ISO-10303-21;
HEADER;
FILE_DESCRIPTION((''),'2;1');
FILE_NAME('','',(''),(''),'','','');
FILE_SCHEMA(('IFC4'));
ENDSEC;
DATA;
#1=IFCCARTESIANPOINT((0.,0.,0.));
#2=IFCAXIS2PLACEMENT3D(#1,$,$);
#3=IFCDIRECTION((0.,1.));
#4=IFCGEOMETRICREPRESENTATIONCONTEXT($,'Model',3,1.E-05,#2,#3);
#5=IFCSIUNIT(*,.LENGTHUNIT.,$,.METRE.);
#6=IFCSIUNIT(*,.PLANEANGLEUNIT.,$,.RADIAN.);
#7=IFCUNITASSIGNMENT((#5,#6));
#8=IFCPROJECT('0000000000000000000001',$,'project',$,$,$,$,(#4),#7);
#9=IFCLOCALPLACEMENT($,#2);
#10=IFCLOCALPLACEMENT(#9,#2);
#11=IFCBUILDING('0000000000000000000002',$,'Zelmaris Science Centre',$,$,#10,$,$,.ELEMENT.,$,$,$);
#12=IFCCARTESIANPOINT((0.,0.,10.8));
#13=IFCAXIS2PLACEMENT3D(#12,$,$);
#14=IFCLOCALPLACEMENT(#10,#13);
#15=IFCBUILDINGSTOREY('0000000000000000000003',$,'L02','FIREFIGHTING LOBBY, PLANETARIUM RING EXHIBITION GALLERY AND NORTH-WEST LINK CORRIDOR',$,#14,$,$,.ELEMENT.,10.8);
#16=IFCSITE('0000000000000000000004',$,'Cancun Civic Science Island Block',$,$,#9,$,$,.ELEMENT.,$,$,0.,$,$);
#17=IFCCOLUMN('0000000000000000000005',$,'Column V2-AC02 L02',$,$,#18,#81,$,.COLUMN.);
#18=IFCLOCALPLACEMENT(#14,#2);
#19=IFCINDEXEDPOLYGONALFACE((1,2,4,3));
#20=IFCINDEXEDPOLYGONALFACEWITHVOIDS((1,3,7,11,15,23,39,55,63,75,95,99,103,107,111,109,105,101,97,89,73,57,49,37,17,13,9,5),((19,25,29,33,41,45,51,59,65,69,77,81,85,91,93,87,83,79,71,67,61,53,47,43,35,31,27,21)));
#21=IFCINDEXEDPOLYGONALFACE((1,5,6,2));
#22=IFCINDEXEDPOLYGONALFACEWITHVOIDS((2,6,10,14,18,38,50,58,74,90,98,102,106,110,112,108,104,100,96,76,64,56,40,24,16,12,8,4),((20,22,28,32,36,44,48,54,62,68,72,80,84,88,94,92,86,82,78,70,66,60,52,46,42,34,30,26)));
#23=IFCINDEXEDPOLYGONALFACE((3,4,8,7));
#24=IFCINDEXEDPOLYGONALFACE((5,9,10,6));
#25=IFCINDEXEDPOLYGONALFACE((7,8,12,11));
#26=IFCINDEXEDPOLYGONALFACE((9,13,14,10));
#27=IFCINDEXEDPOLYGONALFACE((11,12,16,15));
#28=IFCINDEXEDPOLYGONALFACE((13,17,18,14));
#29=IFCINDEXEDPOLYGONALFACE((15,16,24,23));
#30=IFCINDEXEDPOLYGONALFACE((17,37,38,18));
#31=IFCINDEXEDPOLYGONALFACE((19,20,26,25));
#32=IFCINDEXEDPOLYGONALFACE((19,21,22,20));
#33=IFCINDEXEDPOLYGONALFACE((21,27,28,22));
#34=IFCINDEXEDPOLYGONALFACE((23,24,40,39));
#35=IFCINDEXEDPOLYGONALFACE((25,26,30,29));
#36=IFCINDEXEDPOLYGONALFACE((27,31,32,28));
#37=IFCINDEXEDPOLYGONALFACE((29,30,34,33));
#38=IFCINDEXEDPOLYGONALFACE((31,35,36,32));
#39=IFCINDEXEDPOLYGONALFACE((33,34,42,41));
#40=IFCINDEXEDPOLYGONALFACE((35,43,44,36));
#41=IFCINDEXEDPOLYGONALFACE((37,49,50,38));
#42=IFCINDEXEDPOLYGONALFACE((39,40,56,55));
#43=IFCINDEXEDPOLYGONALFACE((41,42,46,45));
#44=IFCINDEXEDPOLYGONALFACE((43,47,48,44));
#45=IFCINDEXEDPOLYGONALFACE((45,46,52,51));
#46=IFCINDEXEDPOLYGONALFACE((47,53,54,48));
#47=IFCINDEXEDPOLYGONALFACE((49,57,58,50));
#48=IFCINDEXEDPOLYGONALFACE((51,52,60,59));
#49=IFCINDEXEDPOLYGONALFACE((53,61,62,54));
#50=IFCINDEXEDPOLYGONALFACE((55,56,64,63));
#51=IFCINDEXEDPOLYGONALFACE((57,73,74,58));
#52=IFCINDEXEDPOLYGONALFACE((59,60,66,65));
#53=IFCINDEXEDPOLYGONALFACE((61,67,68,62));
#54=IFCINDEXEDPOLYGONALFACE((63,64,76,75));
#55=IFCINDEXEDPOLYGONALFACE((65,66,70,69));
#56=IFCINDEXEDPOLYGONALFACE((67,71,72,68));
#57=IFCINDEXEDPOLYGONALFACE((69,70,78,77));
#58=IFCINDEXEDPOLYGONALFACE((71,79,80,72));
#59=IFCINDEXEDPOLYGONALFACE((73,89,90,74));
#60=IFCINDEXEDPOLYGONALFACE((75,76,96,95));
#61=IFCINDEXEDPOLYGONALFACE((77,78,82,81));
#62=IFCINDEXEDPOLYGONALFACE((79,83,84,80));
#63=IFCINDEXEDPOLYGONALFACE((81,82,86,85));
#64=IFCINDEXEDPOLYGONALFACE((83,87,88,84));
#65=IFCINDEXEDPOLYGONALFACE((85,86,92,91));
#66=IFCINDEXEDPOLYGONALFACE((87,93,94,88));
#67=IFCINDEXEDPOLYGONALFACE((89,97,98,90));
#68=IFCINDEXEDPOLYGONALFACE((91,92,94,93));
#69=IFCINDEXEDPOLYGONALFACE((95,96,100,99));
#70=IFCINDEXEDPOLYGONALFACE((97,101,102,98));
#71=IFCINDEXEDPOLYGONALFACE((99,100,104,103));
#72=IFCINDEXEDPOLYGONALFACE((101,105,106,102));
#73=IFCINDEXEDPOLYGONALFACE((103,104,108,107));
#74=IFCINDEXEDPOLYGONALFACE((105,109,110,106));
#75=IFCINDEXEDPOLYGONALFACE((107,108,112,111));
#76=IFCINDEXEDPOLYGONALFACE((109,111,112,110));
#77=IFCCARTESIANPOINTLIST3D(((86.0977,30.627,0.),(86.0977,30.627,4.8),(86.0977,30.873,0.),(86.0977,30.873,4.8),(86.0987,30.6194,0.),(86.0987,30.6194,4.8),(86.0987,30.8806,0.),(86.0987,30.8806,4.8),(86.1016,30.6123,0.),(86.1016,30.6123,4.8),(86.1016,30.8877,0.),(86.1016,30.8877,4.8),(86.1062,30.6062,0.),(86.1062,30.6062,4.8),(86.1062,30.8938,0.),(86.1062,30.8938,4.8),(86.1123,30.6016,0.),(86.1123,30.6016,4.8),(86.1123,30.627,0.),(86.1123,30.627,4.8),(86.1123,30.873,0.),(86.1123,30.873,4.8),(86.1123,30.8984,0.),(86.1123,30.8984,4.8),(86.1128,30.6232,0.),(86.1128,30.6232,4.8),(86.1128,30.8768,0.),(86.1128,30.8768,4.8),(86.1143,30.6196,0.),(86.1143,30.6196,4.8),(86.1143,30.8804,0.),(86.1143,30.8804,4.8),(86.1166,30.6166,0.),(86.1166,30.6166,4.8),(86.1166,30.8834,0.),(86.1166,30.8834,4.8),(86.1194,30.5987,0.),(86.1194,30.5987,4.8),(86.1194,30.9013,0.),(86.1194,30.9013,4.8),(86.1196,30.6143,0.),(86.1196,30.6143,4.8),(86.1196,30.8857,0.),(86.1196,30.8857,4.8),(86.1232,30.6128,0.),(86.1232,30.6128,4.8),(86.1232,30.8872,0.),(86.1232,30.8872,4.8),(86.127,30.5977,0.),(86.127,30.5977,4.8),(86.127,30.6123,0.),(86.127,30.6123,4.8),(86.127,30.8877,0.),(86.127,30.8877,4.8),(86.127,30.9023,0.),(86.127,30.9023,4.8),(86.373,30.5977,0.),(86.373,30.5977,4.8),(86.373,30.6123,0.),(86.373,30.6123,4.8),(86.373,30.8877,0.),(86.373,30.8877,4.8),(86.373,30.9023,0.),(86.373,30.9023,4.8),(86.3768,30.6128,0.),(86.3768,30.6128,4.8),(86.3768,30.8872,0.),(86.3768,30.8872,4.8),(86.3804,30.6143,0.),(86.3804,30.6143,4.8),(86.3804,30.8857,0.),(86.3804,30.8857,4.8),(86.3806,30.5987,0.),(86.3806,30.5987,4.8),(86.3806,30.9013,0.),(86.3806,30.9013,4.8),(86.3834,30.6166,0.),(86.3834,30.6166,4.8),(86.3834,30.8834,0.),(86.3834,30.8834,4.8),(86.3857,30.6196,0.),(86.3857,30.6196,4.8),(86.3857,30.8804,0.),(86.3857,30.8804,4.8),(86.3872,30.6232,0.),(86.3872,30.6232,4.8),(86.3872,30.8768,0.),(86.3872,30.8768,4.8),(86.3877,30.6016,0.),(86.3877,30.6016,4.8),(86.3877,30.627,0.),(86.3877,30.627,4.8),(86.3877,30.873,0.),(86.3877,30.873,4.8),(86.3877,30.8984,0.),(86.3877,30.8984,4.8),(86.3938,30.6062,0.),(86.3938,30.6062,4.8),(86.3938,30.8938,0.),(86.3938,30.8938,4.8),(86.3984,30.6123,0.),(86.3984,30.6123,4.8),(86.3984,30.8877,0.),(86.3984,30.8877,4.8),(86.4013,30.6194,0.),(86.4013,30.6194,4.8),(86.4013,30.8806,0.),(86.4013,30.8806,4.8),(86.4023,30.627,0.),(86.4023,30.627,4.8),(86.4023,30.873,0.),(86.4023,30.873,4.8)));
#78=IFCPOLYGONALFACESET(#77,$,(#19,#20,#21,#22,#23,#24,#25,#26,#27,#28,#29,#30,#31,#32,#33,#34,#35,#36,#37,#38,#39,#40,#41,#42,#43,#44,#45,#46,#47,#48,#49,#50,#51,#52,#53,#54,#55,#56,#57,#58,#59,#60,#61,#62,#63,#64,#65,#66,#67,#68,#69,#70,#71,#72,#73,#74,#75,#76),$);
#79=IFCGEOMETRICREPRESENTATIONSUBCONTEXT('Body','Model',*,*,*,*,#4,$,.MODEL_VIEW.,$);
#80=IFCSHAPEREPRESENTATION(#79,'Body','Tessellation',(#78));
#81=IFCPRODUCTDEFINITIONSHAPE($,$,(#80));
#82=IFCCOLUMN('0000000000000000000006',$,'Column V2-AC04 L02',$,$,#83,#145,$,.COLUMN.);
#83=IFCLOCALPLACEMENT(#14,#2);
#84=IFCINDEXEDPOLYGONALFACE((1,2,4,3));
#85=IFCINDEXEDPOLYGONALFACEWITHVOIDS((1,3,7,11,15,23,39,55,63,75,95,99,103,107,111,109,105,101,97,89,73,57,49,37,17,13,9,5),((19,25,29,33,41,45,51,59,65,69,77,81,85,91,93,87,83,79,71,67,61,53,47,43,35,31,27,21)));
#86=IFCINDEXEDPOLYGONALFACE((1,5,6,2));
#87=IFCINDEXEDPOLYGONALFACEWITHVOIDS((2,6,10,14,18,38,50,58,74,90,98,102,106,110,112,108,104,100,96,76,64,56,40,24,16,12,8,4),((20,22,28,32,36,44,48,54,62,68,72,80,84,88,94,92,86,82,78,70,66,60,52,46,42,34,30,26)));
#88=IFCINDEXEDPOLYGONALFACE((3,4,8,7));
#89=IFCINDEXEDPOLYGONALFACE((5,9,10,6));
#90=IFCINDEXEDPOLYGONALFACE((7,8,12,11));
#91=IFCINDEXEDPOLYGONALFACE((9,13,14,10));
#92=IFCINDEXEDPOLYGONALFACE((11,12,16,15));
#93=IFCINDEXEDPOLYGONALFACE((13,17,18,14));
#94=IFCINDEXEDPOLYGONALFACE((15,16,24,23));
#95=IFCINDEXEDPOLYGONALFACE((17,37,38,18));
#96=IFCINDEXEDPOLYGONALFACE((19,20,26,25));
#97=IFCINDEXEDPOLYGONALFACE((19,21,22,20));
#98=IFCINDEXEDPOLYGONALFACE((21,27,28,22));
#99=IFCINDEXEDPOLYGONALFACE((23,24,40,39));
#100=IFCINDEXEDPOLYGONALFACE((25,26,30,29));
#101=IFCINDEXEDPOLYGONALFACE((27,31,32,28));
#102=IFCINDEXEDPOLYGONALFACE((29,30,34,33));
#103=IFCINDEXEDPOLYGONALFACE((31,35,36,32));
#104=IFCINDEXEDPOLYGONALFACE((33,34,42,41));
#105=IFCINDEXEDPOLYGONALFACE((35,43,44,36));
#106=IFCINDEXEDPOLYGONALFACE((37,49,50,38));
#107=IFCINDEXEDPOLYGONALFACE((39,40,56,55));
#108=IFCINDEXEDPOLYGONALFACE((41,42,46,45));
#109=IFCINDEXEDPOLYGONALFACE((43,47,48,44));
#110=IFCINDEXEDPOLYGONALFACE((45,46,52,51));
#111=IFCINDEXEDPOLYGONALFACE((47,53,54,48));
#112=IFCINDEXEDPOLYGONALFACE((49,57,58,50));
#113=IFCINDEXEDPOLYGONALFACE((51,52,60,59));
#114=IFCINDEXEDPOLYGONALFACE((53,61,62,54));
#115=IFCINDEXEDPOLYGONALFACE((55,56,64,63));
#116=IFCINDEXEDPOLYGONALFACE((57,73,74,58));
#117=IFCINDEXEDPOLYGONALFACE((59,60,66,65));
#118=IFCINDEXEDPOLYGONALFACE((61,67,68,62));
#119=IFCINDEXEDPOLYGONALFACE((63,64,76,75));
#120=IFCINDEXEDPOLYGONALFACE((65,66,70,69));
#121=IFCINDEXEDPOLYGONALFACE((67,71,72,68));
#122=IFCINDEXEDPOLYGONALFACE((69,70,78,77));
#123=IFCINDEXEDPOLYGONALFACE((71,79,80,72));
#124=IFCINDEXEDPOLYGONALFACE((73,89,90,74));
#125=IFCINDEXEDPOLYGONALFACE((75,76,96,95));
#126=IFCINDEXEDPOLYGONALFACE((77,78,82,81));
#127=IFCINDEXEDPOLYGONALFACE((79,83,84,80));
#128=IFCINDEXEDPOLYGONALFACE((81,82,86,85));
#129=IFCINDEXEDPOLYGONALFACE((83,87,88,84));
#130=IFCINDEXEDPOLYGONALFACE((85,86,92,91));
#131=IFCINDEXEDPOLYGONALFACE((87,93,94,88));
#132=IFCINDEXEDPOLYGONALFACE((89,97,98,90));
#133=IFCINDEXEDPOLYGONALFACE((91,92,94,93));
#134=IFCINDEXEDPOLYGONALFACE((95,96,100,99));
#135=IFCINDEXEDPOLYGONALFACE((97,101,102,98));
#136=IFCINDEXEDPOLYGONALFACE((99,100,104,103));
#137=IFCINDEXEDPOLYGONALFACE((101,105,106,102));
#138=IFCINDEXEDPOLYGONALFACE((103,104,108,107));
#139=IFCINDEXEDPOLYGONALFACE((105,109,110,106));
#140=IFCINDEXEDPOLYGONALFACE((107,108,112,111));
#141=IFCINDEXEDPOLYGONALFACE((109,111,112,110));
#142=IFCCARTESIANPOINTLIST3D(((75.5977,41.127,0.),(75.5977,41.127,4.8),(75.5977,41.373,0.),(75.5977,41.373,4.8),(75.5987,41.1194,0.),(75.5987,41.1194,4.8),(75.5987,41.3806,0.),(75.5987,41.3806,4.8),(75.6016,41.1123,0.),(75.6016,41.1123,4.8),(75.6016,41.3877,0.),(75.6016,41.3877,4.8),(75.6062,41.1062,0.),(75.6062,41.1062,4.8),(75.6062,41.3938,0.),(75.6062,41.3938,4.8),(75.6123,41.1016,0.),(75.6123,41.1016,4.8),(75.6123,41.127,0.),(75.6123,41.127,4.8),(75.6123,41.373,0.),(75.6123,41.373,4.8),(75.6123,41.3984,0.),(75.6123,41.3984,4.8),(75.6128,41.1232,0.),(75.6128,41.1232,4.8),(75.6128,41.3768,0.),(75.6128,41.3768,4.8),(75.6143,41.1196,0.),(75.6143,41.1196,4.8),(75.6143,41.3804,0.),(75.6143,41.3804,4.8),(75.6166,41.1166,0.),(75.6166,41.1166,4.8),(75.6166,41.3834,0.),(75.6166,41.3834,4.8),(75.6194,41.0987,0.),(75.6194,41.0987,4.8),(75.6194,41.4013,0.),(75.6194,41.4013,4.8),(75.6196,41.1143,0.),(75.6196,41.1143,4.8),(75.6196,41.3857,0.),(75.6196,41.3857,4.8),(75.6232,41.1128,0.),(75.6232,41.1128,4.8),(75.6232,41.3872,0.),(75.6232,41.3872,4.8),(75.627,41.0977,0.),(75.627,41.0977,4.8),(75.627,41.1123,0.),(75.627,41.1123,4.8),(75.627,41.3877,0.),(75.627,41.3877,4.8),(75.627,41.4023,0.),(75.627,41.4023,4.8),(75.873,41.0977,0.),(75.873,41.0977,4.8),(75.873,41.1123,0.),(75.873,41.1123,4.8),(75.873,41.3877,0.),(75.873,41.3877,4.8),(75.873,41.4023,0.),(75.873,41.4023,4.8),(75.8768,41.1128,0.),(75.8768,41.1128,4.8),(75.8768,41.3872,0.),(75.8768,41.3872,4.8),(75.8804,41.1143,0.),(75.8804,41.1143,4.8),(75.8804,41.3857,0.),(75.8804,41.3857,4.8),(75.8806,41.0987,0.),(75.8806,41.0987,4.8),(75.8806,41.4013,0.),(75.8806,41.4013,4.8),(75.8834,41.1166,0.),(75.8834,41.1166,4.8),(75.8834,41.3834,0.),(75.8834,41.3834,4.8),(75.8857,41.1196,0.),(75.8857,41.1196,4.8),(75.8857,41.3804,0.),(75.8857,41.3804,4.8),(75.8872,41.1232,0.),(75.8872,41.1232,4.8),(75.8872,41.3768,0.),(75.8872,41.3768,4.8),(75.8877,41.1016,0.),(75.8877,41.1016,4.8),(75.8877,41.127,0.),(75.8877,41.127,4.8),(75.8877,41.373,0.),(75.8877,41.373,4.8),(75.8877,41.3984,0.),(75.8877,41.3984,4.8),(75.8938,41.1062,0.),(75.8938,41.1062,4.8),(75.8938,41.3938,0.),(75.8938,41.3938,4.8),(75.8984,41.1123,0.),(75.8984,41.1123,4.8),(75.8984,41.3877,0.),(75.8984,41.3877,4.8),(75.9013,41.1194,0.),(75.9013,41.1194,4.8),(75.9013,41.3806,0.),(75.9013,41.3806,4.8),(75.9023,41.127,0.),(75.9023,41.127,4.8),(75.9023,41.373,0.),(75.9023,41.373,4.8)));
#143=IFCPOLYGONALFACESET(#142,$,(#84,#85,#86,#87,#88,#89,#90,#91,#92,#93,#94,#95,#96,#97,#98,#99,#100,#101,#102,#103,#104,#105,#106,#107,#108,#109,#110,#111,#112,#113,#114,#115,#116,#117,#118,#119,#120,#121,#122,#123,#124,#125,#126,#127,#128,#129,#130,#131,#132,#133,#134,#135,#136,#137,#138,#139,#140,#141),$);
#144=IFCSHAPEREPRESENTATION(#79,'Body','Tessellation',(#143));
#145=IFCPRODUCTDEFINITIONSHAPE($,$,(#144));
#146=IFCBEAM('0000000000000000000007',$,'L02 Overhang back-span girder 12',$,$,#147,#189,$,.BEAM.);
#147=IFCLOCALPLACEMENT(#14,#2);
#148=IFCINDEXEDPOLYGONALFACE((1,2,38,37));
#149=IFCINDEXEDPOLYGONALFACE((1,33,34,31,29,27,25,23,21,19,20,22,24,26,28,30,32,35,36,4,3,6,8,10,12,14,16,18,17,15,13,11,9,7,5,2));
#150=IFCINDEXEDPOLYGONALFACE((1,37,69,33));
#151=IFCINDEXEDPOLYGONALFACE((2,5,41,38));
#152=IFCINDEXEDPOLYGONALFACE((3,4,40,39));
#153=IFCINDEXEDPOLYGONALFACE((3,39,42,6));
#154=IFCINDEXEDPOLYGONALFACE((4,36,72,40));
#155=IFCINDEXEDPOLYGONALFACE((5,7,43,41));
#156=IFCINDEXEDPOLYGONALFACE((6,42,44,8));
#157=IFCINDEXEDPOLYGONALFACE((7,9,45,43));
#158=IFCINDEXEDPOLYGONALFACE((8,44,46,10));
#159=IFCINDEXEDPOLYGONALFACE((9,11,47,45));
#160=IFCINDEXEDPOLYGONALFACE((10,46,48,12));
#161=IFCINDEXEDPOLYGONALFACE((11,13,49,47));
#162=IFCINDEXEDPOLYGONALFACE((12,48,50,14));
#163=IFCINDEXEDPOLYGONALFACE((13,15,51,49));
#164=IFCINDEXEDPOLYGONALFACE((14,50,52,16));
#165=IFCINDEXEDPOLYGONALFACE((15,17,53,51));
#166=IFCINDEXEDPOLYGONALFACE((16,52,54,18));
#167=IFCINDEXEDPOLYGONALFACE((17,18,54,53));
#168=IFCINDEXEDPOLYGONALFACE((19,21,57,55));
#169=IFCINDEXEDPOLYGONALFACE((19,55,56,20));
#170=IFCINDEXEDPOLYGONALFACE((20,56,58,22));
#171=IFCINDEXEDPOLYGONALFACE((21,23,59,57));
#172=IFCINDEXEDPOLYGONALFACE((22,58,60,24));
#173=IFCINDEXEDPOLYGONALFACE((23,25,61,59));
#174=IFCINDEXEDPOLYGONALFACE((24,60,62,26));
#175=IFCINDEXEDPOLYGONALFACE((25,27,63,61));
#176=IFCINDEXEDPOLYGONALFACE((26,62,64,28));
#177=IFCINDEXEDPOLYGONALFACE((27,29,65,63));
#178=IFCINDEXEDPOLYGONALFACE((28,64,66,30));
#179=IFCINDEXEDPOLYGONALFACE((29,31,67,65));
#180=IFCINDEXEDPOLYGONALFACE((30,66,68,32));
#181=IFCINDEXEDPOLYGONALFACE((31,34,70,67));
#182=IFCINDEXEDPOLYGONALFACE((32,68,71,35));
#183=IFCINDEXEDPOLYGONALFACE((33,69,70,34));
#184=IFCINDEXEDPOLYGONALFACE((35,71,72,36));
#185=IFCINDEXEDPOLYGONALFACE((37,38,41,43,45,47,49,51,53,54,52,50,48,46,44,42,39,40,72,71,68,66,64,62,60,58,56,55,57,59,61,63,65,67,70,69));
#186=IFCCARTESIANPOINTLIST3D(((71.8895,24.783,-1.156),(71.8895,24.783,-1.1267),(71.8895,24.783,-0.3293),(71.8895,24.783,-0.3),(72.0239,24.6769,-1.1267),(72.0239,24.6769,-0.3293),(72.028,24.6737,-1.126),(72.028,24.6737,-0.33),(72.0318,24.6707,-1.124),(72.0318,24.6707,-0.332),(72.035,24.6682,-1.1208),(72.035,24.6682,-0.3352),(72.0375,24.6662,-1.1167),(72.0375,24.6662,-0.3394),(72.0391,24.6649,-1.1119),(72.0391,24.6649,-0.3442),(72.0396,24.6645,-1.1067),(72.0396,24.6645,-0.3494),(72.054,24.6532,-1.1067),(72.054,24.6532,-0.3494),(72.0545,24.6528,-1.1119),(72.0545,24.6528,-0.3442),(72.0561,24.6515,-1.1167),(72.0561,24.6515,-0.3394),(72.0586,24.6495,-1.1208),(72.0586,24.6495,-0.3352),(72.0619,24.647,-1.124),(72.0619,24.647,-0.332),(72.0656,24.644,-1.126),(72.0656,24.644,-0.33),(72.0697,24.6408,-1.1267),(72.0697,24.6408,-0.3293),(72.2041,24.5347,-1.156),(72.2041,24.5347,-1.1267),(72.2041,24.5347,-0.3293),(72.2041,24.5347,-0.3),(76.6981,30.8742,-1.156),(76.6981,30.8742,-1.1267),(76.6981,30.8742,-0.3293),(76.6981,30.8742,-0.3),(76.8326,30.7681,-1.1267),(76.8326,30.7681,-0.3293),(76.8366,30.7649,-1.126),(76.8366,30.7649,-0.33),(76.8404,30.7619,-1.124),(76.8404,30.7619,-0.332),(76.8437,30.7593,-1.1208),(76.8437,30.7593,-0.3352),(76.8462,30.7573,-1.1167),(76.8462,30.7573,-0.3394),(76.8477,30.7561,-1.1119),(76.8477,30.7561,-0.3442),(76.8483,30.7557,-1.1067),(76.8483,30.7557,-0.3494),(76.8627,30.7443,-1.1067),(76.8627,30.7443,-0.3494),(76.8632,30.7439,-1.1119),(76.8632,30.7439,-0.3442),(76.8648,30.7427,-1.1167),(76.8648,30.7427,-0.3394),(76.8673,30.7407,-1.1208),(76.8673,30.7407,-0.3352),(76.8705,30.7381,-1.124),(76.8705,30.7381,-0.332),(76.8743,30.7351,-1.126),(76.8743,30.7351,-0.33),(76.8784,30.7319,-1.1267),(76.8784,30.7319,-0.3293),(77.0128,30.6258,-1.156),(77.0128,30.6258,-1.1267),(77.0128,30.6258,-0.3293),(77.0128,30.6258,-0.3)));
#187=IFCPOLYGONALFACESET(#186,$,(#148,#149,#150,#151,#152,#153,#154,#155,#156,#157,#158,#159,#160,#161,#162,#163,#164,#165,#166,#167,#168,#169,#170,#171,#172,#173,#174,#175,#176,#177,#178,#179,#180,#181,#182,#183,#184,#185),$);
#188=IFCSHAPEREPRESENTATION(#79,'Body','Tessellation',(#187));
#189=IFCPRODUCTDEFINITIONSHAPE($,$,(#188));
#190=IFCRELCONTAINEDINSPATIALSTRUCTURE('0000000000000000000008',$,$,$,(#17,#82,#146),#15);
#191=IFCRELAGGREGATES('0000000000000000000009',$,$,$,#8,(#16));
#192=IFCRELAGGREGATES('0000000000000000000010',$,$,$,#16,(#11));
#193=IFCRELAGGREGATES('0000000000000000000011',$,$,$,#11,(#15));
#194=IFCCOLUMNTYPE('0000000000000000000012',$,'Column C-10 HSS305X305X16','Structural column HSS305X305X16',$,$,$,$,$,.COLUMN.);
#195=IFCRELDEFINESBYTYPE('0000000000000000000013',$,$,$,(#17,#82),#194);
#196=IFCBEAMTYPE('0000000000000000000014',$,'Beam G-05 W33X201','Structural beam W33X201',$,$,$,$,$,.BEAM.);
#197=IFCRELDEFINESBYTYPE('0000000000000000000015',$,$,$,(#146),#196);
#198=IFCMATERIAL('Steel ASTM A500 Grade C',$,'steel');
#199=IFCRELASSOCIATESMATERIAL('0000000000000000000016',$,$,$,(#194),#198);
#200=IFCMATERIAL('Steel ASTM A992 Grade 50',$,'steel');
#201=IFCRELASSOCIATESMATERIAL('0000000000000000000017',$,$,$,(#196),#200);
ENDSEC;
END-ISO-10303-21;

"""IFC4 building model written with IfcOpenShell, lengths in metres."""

from ifc_helpers import new_model, si_unit, direction, frame, origin, origin_2d, place, context, subcontext, project, spatial, hollow_rectangle, i_section, extrude, material, material_profile, profile_set, type_object, element, save


model = new_model("IFC4")

# Units and contexts
model_context = context("Model", 3, precision=1e-05, world=origin(), true_north=direction((0.0, 1.0)))
body_context = subcontext(model_context, "Body", "Model", "MODEL_VIEW")
ifc_project = project(units=[si_unit("LENGTHUNIT", "METRE"), si_unit("PLANEANGLEUNIT", "RADIAN")], contexts=[model_context])

# Site, building, storey
site_placement = place(None, origin())
site = spatial("IfcSite", under=ifc_project, at=site_placement, Name="Cancun Civic Science Island Block", CompositionType="ELEMENT", RefElevation=0.0)
building_placement = place(site_placement, origin())
building = spatial("IfcBuilding", under=site, at=building_placement, Name="Zelmaris Science Centre", CompositionType="ELEMENT")
storey_placement = place(building_placement, frame((0.0, 0.0, 10.8)))
storey = spatial("IfcBuildingStorey", under=building, at=storey_placement, Name="L02", Description="FIREFIGHTING LOBBY, PLANETARIUM RING EXHIBITION GALLERY AND NORTH-WEST LINK CORRIDOR", CompositionType="ELEMENT", Elevation=10.8)

# Columns
ifc_material_1 = material(Name="Steel ASTM A500 Grade C", Category="steel")
ifc_material_profile_1 = material_profile(ifc_material_1, hollow_rectangle(XDim=0.3047, YDim=0.3047, WallThickness=0.0146, InnerFilletRadius=0.0146, OuterFilletRadius=0.0293, at=origin_2d()), Name="HSS305X305X16")
ifc_profile_set_1 = profile_set([ifc_material_profile_1], Name="Steel ASTM A500 Grade C")
column_type = type_object("IfcColumnType", Name="Column C-10 HSS305X305X16", Description="Structural column HSS305X305X16", PredefinedType="COLUMN", material=ifc_profile_set_1)
for number, where, z_axis, x_axis, name in (
    (1, (86.25, 30.75, 0.0), (0.0, 0.0, 1.0), (1.0, 0.0, 0.0), "Column V2-AC02 L02"),
    (2, (75.75, 41.25, 0.0), (0.0, 0.0, 1.0), (1.0, 0.0, 0.0), "Column V2-AC04 L02"),
):
    element("IfcColumn", number, at=place(storey_placement, frame(where, z_axis=z_axis, x_axis=x_axis)), inside=storey, type_object=column_type, Name=name, PredefinedType="COLUMN", context=body_context, shape_type="SweptSolid", body=[
        extrude(hollow_rectangle(XDim=0.3047, YDim=0.3047, WallThickness=0.0146, InnerFilletRadius=0.0146, OuterFilletRadius=0.0293, at=origin_2d()), origin(), (0.0, 0.0, 1.0), 4.8),
    ])

# Beam
ifc_material_2 = material(Name="Steel ASTM A992 Grade 50", Category="steel")
ifc_material_profile_2 = material_profile(ifc_material_2, i_section(OverallWidth=0.4009, OverallDepth=0.856, WebThickness=0.0183, FlangeThickness=0.0293, FilletRadius=0.02, at=origin_2d()), Name="W33X201")
ifc_profile_set_2 = profile_set([ifc_material_profile_2], Name="Steel ASTM A992 Grade 50")
beam_type_1 = type_object("IfcBeamType", Name="Beam G-05 W33X201", Description="Structural beam W33X201", PredefinedType="BEAM", material=ifc_profile_set_2)
beam_1_placement = place(storey_placement, frame((76.8555, 30.75, -0.728), z_axis=(-0.619633, -0.784892, 0.0), x_axis=(0.784892, -0.619633, 0.0)))
element("IfcBeam", 3, at=beam_1_placement, inside=storey, type_object=beam_type_1, Name="L02 Overhang back-span girder 12", PredefinedType="BEAM", context=body_context, shape_type="SweptSolid", body=[
    extrude(i_section(OverallWidth=0.4009, OverallDepth=0.856, WebThickness=0.0183, FlangeThickness=0.0293, FilletRadius=0.02, at=origin_2d()), origin(), (0.0, 0.0, 1.0), 7.7605),
])

save(model, "model.ifc")
